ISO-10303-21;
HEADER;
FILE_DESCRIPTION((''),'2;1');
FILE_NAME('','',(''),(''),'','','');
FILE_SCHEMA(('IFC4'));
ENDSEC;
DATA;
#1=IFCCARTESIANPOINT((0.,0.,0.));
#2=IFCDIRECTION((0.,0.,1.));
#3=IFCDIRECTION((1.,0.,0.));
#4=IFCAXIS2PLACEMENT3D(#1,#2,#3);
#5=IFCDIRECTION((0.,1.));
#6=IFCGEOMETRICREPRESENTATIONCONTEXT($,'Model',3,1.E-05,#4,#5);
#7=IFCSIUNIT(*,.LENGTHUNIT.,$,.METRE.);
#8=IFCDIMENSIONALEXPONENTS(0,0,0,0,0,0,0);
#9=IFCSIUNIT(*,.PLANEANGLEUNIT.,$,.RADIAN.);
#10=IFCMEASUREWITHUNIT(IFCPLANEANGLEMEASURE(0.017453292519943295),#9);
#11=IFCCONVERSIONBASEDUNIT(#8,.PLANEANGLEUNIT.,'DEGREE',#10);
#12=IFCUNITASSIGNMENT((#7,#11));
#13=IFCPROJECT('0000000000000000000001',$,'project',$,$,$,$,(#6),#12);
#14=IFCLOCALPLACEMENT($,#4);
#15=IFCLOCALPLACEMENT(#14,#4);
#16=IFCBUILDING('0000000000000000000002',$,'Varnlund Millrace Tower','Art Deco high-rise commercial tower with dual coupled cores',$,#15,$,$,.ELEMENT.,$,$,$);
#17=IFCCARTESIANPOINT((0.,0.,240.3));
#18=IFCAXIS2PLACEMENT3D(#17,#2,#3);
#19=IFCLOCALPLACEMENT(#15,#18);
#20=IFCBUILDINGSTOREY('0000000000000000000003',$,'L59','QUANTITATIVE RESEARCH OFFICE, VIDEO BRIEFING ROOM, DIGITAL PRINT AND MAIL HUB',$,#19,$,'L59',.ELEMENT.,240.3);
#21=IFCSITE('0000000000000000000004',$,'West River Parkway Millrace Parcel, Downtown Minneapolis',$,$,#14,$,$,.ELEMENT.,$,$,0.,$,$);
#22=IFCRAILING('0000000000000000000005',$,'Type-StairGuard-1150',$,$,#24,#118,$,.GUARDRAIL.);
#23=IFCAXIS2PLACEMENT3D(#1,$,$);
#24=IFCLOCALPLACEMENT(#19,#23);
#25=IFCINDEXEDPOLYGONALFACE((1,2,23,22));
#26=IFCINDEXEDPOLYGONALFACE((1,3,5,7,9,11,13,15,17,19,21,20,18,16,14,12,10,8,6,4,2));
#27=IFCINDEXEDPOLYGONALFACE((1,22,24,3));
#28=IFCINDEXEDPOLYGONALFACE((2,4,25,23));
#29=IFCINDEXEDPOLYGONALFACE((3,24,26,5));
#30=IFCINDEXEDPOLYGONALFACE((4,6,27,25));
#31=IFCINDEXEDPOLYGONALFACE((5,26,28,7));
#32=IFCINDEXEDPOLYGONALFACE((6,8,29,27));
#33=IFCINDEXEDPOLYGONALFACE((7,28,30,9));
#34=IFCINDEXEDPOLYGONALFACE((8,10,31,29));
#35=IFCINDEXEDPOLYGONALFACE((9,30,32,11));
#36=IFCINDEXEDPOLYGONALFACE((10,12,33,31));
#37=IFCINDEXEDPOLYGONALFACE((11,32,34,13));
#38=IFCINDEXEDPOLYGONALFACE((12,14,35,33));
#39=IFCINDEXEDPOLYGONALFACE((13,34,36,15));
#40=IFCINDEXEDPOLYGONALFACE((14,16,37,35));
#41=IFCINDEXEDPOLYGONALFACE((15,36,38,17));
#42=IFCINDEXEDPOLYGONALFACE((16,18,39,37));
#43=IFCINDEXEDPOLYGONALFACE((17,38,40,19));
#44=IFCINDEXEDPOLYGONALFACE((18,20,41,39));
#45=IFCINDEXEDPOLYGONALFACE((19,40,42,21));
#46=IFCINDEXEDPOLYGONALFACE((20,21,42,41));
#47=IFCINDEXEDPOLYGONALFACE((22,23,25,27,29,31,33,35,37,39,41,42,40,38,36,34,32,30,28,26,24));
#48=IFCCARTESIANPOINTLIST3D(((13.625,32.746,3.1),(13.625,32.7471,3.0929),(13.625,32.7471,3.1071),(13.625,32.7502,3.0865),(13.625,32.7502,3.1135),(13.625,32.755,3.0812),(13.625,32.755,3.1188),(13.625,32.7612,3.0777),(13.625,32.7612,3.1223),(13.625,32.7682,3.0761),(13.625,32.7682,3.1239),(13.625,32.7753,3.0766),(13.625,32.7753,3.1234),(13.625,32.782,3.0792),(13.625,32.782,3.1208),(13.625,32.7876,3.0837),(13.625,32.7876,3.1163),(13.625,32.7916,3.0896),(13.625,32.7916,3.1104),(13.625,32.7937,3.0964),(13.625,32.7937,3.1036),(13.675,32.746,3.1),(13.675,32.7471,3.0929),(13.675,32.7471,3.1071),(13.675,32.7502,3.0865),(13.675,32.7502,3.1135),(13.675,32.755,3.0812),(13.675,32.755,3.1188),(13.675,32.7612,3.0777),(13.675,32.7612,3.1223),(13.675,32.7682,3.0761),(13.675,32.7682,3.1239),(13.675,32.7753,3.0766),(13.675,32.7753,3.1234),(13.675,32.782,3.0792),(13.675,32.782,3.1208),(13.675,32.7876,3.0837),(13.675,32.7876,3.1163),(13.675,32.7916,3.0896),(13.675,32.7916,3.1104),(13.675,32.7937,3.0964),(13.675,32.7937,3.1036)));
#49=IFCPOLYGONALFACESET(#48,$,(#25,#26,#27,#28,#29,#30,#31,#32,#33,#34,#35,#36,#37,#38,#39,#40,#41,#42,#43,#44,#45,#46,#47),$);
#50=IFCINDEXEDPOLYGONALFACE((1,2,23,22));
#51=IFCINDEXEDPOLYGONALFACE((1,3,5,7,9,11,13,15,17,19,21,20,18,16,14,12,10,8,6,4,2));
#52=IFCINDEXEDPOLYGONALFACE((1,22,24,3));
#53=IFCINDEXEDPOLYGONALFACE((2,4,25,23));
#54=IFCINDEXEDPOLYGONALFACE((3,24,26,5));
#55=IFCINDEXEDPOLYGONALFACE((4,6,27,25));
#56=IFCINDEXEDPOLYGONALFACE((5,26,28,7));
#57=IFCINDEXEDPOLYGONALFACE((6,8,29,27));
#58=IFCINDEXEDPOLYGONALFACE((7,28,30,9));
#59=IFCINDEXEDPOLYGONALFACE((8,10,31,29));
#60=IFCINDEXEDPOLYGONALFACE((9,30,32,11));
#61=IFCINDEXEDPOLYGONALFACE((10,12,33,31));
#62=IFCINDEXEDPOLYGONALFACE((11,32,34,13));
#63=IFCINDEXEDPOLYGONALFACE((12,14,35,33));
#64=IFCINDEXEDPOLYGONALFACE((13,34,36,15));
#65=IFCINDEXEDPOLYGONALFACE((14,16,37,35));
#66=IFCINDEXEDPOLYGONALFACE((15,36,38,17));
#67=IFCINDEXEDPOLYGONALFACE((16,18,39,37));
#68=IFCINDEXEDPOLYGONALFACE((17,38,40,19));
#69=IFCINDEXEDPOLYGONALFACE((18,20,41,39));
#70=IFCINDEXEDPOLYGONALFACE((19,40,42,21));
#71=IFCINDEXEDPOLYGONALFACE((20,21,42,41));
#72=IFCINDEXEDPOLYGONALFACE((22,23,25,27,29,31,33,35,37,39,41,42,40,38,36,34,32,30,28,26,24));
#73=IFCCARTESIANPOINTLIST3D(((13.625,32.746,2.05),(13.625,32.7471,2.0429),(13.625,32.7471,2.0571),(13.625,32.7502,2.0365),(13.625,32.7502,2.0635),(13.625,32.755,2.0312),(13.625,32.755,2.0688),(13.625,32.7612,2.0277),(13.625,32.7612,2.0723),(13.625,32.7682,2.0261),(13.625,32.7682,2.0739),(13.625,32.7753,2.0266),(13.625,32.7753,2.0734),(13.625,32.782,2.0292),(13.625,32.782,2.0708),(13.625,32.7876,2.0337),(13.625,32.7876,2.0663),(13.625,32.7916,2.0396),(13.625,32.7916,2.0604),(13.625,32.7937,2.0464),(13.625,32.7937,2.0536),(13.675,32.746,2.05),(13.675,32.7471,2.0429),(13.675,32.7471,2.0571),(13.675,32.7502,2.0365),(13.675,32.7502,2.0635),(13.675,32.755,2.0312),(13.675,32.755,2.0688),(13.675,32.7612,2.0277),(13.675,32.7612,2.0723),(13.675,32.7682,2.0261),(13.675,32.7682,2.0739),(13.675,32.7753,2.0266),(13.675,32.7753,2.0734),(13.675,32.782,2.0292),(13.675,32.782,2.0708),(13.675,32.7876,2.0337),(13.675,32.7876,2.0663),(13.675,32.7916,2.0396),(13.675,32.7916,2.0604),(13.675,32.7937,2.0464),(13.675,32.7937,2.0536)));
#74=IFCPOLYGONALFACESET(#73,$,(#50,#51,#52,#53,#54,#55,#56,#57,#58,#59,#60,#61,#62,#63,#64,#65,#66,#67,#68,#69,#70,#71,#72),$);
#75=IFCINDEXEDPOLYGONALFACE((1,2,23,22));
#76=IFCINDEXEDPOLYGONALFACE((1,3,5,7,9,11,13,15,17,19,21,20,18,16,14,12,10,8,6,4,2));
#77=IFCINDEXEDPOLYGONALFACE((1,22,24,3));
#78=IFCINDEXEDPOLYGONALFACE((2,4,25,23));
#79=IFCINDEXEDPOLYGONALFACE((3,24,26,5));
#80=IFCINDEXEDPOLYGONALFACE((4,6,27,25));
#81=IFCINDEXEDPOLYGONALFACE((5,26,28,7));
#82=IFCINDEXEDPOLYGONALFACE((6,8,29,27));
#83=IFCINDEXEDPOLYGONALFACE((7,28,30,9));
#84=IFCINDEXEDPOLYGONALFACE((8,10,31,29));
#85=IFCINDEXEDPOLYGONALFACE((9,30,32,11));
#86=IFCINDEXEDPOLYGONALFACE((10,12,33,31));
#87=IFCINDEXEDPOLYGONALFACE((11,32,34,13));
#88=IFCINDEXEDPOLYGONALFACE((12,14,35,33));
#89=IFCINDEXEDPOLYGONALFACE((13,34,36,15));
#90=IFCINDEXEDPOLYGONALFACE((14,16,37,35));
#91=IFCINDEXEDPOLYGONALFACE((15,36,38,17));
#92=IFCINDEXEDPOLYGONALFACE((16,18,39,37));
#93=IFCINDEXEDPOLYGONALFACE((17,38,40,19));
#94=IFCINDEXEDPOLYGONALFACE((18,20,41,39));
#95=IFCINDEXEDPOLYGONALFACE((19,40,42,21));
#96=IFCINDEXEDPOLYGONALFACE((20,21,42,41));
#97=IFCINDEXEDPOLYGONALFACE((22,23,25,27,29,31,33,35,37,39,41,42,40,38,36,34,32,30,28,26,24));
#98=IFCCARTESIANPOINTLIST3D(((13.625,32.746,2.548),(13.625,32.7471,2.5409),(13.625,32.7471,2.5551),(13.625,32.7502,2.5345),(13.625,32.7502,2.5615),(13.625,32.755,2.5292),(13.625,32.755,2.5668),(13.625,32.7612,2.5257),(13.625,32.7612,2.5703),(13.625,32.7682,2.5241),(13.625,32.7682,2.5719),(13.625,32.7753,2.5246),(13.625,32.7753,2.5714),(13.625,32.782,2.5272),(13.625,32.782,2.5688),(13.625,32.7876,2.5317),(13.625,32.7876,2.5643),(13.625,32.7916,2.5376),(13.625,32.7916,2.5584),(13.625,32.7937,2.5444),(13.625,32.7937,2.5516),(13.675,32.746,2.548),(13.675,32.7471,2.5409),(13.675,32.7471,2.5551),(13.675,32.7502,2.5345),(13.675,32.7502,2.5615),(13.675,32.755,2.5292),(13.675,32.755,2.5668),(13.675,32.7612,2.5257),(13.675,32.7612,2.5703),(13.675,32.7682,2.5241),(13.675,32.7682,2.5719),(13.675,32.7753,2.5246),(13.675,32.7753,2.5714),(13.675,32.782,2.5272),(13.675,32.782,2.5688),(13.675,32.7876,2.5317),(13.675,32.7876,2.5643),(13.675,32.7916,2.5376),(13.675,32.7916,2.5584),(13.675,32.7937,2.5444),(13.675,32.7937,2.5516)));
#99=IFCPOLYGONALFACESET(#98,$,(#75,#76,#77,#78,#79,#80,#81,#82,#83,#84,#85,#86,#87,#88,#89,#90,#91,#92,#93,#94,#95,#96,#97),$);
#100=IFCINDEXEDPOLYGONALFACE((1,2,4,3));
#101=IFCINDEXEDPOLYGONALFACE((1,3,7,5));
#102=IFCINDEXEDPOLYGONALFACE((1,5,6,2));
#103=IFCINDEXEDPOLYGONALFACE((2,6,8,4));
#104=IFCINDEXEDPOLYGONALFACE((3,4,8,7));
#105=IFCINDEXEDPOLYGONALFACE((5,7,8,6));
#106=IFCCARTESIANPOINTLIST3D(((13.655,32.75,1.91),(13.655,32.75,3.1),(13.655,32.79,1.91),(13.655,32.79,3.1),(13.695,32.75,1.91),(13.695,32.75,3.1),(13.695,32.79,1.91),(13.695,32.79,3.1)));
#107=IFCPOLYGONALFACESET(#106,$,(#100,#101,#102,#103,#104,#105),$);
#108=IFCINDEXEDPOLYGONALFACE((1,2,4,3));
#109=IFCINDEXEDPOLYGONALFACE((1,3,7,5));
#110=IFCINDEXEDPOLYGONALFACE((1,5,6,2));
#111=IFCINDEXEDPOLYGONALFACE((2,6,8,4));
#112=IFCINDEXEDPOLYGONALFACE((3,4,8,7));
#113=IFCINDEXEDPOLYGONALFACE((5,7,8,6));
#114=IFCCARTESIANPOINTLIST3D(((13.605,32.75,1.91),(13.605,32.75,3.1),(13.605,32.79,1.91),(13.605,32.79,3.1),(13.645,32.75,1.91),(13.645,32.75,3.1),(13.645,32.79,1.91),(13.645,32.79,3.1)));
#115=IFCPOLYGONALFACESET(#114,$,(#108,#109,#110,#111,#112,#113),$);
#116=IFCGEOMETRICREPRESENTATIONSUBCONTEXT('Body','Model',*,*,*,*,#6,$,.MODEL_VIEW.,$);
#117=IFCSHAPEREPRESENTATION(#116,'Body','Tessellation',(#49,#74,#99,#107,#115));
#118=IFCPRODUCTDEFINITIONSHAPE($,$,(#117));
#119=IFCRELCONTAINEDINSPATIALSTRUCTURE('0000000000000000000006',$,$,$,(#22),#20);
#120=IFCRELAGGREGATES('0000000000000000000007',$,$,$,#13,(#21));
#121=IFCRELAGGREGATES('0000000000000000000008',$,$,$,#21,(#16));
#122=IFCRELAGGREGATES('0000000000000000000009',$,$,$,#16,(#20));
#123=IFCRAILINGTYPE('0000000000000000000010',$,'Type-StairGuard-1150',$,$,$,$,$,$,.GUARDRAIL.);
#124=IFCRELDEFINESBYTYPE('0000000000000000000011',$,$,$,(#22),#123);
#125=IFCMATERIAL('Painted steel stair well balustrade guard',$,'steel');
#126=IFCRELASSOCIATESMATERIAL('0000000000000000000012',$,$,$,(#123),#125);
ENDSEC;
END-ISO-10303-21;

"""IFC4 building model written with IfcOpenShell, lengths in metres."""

from ifc_helpers import new_model, entity, si_unit, converted_unit, direction, frame, origin_with_axes, origin_2d_with_axis, place, context, subcontext, project, spatial, rectangle, circle, extrude, material, type_object, element, save


model = new_model("IFC4")

# Units and contexts
model_context = context("Model", 3, precision=1e-05, world=origin_with_axes(), true_north=direction((0.0, 1.0)))
body_context = subcontext(model_context, "Body", "Model", "MODEL_VIEW")
ifc_project = project(units=[si_unit("LENGTHUNIT", "METRE"), converted_unit("PLANEANGLEUNIT", "DEGREE", entity("IfcPlaneAngleMeasure", 0.017453292519943295), si_unit("PLANEANGLEUNIT", "RADIAN"), dimensions=[0, 0, 0, 0, 0, 0, 0])], contexts=[model_context])

# Site, building, storey
site_placement = place(None, origin_with_axes())
site = spatial("IfcSite", under=ifc_project, at=site_placement, Name="West River Parkway Millrace Parcel, Downtown Minneapolis", CompositionType="ELEMENT", RefElevation=0.0)
building_placement = place(site_placement, origin_with_axes())
building = spatial("IfcBuilding", under=site, at=building_placement, Name="Varnlund Millrace Tower", Description="Art Deco high-rise commercial tower with dual coupled cores", CompositionType="ELEMENT")
storey_placement = place(building_placement, frame((0.0, 0.0, 240.3), z_axis=(0.0, 0.0, 1.0), x_axis=(1.0, 0.0, 0.0)))
storey = spatial("IfcBuildingStorey", under=building, at=storey_placement, Name="L59", Description="QUANTITATIVE RESEARCH OFFICE, VIDEO BRIEFING ROOM, DIGITAL PRINT AND MAIL HUB", LongName="L59", CompositionType="ELEMENT", Elevation=240.3)

# Railing
ifc_material_1 = material(Name="Painted steel stair well balustrade guard", Category="steel")
railing_type_1 = type_object("IfcRailingType", Name="Type-StairGuard-1150", PredefinedType="GUARDRAIL", material=ifc_material_1)
railing_1_placement = place(storey_placement, frame((0.0, 0.0, -240.3), z_axis=(0.0, 0.0, 1.0), x_axis=(1.0, 0.0, 0.0)))
element("IfcRailing", 1, at=railing_1_placement, inside=storey, type_object=railing_type_1, Name="Type-StairGuard-1150", PredefinedType="GUARDRAIL", context=body_context, shape_type="SweptSolid", body=[
    extrude(circle(Radius=0.024, at=origin_2d_with_axis()), frame((13.675, 32.77, 243.4), z_axis=(-1.0, 0.0, 0.0), x_axis=(0.0, -1.0, 0.0)), (0.0, 0.0, 1.0), 0.05),
    extrude(circle(Radius=0.024, at=origin_2d_with_axis()), frame((13.675, 32.77, 242.35), z_axis=(-1.0, 0.0, 0.0), x_axis=(0.0, -1.0, 0.0)), (0.0, 0.0, 1.0), 0.05),
    extrude(circle(Radius=0.024, at=origin_2d_with_axis()), frame((13.675, 32.77, 242.848), z_axis=(-1.0, 0.0, 0.0), x_axis=(0.0, -1.0, 0.0)), (0.0, 0.0, 1.0), 0.05),
    extrude(rectangle(XDim=0.04, YDim=0.04, at=origin_2d_with_axis()), frame((13.675, 32.77, 242.21), z_axis=(0.0, 0.0, 1.0), x_axis=(1.0, 0.0, 0.0)), (0.0, 0.0, 1.0), 1.19),
    extrude(rectangle(XDim=0.04, YDim=0.04, at=origin_2d_with_axis()), frame((13.625, 32.77, 242.21), z_axis=(0.0, 0.0, 1.0), x_axis=(1.0, 0.0, 0.0)), (0.0, 0.0, 1.0), 1.19),
])

save(model, "model.ifc")
